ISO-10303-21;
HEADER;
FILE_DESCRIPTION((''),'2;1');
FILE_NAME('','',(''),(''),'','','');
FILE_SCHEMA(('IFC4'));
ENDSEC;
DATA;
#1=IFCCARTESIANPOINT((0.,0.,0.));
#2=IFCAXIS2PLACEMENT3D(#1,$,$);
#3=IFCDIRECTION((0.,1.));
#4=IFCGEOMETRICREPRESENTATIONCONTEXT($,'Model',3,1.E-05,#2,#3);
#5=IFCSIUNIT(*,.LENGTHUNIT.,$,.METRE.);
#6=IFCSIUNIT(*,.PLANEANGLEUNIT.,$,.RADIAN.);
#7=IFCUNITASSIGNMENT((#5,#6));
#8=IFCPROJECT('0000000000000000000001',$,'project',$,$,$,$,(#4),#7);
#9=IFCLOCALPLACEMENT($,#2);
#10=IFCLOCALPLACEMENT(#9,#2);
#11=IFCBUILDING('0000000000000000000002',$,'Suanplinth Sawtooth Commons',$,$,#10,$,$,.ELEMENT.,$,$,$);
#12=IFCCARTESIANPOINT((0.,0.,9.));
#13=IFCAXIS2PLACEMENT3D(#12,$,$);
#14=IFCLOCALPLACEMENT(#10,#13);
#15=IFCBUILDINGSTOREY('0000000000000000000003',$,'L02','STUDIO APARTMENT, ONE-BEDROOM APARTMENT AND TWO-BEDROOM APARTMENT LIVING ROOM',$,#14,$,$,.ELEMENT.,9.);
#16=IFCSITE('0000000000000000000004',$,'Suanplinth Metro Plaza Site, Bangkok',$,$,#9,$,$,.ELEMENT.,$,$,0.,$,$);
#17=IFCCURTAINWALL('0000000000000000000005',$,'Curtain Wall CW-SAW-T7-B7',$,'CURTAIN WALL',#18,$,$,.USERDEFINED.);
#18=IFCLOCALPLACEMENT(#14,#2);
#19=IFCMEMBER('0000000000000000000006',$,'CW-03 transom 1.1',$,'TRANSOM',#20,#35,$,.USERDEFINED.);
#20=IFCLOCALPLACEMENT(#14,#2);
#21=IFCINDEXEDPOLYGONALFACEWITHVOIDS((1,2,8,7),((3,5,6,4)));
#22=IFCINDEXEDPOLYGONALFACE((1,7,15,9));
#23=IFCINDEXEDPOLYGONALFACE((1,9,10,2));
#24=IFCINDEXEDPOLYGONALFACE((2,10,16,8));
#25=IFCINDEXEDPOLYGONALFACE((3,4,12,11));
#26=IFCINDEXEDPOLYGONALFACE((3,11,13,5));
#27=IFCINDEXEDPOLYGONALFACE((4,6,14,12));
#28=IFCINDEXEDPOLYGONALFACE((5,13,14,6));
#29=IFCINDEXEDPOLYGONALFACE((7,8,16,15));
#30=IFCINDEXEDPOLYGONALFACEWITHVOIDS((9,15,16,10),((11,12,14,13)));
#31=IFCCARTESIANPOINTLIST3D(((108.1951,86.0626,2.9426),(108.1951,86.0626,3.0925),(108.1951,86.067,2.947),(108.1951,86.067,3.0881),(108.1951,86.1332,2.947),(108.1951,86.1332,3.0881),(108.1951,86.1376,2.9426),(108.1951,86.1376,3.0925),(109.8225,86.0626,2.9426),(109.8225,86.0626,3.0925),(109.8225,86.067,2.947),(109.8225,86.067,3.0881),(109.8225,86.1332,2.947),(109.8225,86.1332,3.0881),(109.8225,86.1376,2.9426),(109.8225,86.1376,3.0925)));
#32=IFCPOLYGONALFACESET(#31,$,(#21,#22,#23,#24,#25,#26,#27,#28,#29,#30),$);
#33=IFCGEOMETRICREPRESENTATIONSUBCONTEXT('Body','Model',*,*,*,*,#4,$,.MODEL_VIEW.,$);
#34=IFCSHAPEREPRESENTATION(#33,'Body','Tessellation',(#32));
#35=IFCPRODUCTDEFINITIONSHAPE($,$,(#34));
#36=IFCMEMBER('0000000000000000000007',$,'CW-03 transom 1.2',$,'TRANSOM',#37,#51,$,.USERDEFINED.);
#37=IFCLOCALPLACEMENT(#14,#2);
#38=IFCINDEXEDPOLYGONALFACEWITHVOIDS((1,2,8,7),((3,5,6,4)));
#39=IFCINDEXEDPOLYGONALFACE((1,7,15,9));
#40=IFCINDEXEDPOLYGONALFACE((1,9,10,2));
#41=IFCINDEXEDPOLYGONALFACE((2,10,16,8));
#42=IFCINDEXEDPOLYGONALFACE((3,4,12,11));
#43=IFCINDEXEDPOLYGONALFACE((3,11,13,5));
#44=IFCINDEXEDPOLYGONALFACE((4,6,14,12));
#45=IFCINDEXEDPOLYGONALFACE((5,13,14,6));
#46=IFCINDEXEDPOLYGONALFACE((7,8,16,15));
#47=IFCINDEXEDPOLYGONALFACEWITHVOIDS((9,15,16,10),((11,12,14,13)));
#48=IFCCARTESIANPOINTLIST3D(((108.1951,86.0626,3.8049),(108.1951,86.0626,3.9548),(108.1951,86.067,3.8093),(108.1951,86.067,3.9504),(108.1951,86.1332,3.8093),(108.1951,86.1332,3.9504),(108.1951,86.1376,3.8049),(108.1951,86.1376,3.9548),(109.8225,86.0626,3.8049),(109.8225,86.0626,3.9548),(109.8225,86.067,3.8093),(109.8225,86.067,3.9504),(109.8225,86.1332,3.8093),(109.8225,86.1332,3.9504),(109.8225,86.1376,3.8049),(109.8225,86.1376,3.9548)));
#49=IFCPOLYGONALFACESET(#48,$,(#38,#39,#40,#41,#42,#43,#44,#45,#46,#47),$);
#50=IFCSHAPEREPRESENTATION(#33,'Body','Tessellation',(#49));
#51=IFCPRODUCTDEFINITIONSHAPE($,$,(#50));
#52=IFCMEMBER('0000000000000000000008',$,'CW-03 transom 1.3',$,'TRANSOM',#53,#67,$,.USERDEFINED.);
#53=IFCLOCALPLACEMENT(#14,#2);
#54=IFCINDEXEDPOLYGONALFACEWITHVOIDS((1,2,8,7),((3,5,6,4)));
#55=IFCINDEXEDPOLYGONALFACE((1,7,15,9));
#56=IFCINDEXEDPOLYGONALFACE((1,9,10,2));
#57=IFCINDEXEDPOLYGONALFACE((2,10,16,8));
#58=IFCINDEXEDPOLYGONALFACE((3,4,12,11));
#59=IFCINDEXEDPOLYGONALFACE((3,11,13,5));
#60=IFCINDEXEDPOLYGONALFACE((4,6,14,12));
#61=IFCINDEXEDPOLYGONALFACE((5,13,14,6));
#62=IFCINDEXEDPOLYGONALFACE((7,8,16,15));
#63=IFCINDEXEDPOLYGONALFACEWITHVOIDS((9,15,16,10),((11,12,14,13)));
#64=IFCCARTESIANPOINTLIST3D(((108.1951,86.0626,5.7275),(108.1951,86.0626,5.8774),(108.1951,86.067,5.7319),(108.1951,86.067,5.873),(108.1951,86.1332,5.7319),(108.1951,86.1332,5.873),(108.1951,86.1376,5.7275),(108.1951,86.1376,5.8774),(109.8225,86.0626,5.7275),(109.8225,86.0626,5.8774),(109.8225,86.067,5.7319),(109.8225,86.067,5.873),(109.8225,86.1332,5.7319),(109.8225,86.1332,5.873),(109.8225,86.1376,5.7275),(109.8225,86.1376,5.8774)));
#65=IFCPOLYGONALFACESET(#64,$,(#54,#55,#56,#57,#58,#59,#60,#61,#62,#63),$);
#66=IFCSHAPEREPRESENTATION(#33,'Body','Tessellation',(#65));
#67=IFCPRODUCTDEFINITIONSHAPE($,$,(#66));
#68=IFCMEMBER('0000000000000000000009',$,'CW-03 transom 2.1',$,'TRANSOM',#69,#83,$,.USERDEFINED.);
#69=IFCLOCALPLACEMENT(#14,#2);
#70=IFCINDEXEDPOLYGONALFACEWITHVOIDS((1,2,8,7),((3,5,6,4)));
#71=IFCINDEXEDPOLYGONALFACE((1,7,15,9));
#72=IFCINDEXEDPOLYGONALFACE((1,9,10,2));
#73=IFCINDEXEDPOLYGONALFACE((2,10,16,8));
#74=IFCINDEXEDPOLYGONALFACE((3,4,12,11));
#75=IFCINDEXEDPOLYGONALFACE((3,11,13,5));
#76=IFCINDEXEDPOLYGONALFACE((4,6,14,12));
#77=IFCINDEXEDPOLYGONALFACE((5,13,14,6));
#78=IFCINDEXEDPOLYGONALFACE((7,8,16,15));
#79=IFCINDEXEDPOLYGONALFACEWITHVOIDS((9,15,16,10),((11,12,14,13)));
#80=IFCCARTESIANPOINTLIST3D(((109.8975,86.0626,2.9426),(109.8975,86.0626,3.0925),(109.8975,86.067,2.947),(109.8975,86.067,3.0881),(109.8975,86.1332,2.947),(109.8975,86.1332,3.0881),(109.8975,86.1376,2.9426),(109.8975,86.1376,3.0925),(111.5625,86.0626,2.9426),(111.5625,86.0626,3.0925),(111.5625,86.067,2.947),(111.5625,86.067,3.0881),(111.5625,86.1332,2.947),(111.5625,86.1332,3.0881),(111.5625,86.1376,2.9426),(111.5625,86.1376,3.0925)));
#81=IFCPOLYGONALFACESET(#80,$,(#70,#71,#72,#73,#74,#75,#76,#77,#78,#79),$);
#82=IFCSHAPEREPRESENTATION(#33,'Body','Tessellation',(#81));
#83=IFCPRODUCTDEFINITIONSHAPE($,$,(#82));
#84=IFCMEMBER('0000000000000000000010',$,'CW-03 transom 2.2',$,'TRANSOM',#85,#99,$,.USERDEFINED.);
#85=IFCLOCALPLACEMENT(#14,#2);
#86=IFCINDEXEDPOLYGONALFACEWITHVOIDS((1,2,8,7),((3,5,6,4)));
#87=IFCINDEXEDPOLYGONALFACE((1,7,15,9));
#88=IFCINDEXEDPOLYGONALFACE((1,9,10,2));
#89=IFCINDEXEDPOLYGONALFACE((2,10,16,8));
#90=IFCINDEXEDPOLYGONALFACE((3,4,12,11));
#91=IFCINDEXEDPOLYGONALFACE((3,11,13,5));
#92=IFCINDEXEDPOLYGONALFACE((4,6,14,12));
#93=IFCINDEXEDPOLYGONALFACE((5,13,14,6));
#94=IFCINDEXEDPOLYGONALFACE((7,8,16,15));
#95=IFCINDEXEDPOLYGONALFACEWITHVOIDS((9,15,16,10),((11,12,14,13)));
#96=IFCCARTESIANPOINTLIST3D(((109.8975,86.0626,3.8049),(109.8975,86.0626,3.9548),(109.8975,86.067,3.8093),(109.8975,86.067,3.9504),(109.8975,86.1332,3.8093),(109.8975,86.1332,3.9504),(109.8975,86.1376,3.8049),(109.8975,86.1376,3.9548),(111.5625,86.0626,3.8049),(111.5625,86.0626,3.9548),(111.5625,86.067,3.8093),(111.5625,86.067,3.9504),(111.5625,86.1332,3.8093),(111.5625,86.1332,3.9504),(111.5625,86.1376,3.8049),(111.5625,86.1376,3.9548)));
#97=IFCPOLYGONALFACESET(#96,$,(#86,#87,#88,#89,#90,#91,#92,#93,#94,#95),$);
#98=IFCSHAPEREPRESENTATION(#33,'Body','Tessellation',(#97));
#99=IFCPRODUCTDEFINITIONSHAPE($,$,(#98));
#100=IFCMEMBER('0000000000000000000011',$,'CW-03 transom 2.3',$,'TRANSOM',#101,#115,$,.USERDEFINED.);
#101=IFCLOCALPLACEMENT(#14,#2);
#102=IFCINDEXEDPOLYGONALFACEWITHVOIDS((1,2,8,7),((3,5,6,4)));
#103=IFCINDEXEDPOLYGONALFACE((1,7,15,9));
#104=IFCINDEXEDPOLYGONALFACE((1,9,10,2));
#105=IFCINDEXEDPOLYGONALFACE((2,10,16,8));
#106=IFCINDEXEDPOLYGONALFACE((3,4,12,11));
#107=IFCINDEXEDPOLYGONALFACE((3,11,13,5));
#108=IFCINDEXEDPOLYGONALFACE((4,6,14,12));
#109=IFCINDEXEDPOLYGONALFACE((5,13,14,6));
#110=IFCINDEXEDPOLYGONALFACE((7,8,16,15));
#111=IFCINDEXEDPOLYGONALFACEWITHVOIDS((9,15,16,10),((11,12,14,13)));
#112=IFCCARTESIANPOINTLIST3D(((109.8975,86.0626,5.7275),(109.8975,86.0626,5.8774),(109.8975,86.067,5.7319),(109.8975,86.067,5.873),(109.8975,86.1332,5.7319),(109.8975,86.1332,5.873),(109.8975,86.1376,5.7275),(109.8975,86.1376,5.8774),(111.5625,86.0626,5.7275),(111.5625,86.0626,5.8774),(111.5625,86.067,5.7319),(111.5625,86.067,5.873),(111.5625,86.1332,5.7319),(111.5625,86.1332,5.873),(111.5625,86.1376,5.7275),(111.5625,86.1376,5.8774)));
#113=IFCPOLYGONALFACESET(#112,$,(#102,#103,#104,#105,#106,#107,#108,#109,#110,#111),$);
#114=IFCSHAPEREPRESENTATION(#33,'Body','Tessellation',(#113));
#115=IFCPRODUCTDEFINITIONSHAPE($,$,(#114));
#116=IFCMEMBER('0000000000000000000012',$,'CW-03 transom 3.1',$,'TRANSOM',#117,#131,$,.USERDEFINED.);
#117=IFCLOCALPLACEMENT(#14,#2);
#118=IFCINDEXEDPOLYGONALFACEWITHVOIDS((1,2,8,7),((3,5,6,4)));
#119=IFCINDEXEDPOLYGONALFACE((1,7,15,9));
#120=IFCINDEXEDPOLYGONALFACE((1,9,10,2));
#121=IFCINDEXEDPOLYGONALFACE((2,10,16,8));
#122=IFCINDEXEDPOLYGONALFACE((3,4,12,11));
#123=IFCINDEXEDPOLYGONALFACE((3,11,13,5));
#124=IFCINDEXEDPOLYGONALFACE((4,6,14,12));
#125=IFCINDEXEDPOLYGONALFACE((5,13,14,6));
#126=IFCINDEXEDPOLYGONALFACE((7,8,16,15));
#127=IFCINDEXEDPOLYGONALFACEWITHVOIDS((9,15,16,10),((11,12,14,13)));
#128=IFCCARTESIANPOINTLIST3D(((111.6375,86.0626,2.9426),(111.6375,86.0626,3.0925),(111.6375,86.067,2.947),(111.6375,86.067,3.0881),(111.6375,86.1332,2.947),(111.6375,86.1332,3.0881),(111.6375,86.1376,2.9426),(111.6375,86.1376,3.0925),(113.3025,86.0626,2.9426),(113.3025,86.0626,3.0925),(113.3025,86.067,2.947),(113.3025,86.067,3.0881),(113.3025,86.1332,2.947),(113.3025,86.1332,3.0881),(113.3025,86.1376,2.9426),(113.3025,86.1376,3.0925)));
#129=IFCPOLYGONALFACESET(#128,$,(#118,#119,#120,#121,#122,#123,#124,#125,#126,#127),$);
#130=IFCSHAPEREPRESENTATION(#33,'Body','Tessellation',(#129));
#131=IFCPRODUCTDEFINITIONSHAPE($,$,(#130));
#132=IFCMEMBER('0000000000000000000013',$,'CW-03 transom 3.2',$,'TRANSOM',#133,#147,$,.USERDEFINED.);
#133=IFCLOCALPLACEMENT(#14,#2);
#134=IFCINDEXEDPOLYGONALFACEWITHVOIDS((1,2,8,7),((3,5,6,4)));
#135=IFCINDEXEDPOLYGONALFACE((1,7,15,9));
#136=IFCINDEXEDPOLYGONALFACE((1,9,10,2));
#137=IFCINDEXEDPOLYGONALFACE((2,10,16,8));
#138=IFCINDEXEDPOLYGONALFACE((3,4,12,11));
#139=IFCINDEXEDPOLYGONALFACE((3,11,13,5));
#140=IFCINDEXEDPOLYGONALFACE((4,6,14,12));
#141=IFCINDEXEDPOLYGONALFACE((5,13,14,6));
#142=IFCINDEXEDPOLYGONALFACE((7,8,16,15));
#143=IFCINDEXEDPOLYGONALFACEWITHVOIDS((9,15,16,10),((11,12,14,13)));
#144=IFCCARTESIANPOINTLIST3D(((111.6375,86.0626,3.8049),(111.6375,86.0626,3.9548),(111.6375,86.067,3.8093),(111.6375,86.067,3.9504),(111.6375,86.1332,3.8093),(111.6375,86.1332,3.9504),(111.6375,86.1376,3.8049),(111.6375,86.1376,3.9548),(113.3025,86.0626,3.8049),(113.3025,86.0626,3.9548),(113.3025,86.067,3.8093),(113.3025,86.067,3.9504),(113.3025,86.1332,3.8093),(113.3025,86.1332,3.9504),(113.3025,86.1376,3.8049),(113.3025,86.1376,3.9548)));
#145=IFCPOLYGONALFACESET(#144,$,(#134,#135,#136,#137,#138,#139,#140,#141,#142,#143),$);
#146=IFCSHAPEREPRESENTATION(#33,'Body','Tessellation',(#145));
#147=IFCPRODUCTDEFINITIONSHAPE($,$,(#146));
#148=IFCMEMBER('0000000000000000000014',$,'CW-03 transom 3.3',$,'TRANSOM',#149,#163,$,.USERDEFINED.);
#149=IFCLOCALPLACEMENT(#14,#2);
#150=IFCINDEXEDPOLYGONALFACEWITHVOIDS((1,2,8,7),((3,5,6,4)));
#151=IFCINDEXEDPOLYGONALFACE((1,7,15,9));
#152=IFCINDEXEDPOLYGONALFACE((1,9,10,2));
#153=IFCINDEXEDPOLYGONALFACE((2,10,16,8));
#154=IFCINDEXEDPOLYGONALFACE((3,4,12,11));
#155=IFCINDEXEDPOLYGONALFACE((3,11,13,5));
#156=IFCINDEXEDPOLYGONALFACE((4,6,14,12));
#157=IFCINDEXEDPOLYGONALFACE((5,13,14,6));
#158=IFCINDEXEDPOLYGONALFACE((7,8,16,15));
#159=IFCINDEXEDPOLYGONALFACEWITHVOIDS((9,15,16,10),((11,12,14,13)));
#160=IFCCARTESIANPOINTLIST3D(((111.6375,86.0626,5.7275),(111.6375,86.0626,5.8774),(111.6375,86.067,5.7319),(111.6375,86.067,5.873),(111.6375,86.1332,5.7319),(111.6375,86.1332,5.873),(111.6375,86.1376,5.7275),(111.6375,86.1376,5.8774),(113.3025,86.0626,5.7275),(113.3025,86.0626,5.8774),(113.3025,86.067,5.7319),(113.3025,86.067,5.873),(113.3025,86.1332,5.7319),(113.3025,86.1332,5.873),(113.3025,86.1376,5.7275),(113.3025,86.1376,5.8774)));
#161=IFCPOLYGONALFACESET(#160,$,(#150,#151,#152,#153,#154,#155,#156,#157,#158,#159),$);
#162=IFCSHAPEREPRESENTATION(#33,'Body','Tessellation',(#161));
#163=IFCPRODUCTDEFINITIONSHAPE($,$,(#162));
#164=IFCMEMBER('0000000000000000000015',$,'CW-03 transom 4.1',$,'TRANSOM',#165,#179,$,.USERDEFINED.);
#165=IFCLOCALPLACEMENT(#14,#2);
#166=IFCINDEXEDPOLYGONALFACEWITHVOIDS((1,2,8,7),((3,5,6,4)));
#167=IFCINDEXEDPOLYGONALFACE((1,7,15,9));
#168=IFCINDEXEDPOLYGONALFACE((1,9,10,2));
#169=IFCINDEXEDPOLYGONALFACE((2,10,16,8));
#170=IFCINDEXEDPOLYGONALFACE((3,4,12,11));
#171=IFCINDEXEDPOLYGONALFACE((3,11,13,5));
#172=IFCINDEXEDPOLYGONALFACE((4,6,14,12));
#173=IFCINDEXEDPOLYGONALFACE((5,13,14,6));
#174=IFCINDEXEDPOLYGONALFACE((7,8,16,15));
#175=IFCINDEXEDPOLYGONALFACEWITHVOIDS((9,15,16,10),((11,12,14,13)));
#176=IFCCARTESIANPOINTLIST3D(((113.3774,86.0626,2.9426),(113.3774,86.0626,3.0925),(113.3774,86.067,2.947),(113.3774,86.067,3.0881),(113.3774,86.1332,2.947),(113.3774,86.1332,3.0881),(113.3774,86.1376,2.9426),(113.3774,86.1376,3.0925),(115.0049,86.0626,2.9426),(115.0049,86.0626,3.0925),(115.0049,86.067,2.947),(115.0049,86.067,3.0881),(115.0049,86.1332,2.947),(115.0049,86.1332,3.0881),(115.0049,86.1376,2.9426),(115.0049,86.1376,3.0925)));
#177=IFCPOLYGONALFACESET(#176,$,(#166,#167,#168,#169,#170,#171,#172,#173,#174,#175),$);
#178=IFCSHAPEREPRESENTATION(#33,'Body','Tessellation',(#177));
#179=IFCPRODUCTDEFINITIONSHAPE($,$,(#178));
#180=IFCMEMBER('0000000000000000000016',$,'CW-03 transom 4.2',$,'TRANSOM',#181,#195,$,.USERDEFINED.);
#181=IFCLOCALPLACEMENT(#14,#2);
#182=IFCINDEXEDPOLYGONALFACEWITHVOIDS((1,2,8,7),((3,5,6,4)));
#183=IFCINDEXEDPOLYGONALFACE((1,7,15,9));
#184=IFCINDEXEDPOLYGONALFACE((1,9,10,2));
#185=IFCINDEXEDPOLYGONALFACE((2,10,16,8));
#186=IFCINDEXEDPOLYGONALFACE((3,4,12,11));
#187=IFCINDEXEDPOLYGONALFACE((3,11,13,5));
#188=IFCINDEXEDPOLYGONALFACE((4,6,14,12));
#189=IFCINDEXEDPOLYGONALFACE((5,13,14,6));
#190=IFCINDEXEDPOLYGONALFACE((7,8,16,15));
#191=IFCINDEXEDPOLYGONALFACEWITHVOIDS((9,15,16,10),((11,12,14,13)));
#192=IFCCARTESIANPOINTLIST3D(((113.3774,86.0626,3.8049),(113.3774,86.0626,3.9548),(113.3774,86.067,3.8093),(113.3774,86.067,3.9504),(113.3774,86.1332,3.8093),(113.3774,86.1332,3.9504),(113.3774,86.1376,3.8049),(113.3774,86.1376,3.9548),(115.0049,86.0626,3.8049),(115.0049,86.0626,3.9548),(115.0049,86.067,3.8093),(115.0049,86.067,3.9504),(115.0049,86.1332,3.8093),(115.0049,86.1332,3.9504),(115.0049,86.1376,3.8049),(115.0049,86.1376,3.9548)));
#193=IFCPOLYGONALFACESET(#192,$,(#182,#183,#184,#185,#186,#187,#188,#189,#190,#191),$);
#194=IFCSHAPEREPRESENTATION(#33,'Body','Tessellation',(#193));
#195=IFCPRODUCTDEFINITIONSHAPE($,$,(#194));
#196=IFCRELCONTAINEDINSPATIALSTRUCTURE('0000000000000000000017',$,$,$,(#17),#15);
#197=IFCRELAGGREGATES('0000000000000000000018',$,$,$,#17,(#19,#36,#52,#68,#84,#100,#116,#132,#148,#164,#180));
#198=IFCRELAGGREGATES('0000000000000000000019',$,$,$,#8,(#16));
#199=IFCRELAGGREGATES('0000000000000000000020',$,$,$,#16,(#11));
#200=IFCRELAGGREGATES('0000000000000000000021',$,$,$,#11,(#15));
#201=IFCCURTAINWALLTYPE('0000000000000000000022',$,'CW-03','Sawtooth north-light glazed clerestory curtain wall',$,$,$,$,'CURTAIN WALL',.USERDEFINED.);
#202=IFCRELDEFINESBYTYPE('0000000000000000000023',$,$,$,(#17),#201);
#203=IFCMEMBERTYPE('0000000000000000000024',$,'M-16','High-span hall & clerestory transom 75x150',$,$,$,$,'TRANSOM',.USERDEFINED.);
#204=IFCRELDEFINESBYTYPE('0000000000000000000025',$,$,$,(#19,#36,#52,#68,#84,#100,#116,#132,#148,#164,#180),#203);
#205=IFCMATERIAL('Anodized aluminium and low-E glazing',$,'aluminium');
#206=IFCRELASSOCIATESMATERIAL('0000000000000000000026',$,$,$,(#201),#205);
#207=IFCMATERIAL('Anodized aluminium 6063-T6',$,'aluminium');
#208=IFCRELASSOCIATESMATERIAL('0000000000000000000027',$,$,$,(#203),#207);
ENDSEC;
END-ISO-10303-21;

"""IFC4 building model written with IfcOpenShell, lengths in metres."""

from ifc_helpers import new_model, si_unit, direction, frame, origin, origin_2d, place, context, subcontext, project, spatial, hollow_rectangle, extrude, material, material_profile, profile_set, type_object, element, aggregate, save


model = new_model("IFC4")

# Units and contexts
model_context = context("Model", 3, precision=1e-05, world=origin(), true_north=direction((0.0, 1.0)))
body_context = subcontext(model_context, "Body", "Model", "MODEL_VIEW")
ifc_project = project(units=[si_unit("LENGTHUNIT", "METRE"), si_unit("PLANEANGLEUNIT", "RADIAN")], contexts=[model_context])

# Site, building, storey
site_placement = place(None, origin())
site = spatial("IfcSite", under=ifc_project, at=site_placement, Name="Suanplinth Metro Plaza Site, Bangkok", CompositionType="ELEMENT", RefElevation=0.0)
building_placement = place(site_placement, origin())
building = spatial("IfcBuilding", under=site, at=building_placement, Name="Suanplinth Sawtooth Commons", CompositionType="ELEMENT")
storey_placement = place(building_placement, frame((0.0, 0.0, 9.0)))
storey = spatial("IfcBuildingStorey", under=building, at=storey_placement, Name="L02", Description="STUDIO APARTMENT, ONE-BEDROOM APARTMENT AND TWO-BEDROOM APARTMENT LIVING ROOM", CompositionType="ELEMENT", Elevation=9.0)

# Curtain wall, members
ifc_material_1 = material(Name="Anodized aluminium and low-E glazing", Category="aluminium")
curtain_wall_type = type_object("IfcCurtainWallType", Name="CW-03", Description="Sawtooth north-light glazed clerestory curtain wall", ElementType="CURTAIN WALL", PredefinedType="USERDEFINED", material=ifc_material_1)
curtain_wall_placement = place(storey_placement, origin())
curtain_wall = element("IfcCurtainWall", 1, at=curtain_wall_placement, inside=storey, type_object=curtain_wall_type, Name="Curtain Wall CW-SAW-T7-B7", ObjectType="CURTAIN WALL", PredefinedType="USERDEFINED")
ifc_material_2 = material(Name="Anodized aluminium 6063-T6", Category="aluminium")
ifc_material_profile_1 = material_profile(ifc_material_2, hollow_rectangle(XDim=0.075, YDim=0.1499, WallThickness=0.0044, at=origin_2d()), Name="ALU-TRN 75x150")
ifc_profile_set_1 = profile_set([ifc_material_profile_1], Name="Anodized aluminium 6063-T6")
member_type_1 = type_object("IfcMemberType", Name="M-16", Description="High-span hall & clerestory transom 75x150", ElementType="TRANSOM", PredefinedType="USERDEFINED", material=ifc_profile_set_1)
member_1_placement = place(storey_placement, frame((108.1951, 86.1001, 3.0176), z_axis=(1.0, 0.0, 0.0), x_axis=(0.0, 1.0, 0.0)))
member_1 = element("IfcMember", 2, at=member_1_placement, type_object=member_type_1, Name="CW-03 transom 1.1", ObjectType="TRANSOM", PredefinedType="USERDEFINED", context=body_context, shape_type="SweptSolid", body=[
    extrude(hollow_rectangle(XDim=0.075, YDim=0.1499, WallThickness=0.0044, at=origin_2d()), origin(), (0.0, 0.0, 1.0), 1.6274),
])
member_2_placement = place(storey_placement, frame((108.1951, 86.1001, 3.8799), z_axis=(1.0, 0.0, 0.0), x_axis=(0.0, 1.0, 0.0)))
member_2 = element("IfcMember", 3, at=member_2_placement, type_object=member_type_1, Name="CW-03 transom 1.2", ObjectType="TRANSOM", PredefinedType="USERDEFINED", context=body_context, shape_type="SweptSolid", body=[
    extrude(hollow_rectangle(XDim=0.075, YDim=0.1499, WallThickness=0.0044, at=origin_2d()), origin(), (0.0, 0.0, 1.0), 1.6274),
])
member_3_placement = place(storey_placement, frame((108.1951, 86.1001, 5.8025), z_axis=(1.0, 0.0, 0.0), x_axis=(0.0, 1.0, 0.0)))
member_3 = element("IfcMember", 4, at=member_3_placement, type_object=member_type_1, Name="CW-03 transom 1.3", ObjectType="TRANSOM", PredefinedType="USERDEFINED", context=body_context, shape_type="SweptSolid", body=[
    extrude(hollow_rectangle(XDim=0.075, YDim=0.1499, WallThickness=0.0044, at=origin_2d()), origin(), (0.0, 0.0, 1.0), 1.6274),
])
member_4_placement = place(storey_placement, frame((109.8975, 86.1001, 3.0176), z_axis=(1.0, 0.0, 0.0), x_axis=(0.0, 1.0, 0.0)))
member_4 = element("IfcMember", 5, at=member_4_placement, type_object=member_type_1, Name="CW-03 transom 2.1", ObjectType="TRANSOM", PredefinedType="USERDEFINED", context=body_context, shape_type="SweptSolid", body=[
    extrude(hollow_rectangle(XDim=0.075, YDim=0.1499, WallThickness=0.0044, at=origin_2d()), origin(), (0.0, 0.0, 1.0), 1.665),
])
member_5_placement = place(storey_placement, frame((109.8975, 86.1001, 3.8799), z_axis=(1.0, 0.0, 0.0), x_axis=(0.0, 1.0, 0.0)))
member_5 = element("IfcMember", 6, at=member_5_placement, type_object=member_type_1, Name="CW-03 transom 2.2", ObjectType="TRANSOM", PredefinedType="USERDEFINED", context=body_context, shape_type="SweptSolid", body=[
    extrude(hollow_rectangle(XDim=0.075, YDim=0.1499, WallThickness=0.0044, at=origin_2d()), origin(), (0.0, 0.0, 1.0), 1.665),
])
member_6_placement = place(storey_placement, frame((109.8975, 86.1001, 5.8025), z_axis=(1.0, 0.0, 0.0), x_axis=(0.0, 1.0, 0.0)))
member_6 = element("IfcMember", 7, at=member_6_placement, type_object=member_type_1, Name="CW-03 transom 2.3", ObjectType="TRANSOM", PredefinedType="USERDEFINED", context=body_context, shape_type="SweptSolid", body=[
    extrude(hollow_rectangle(XDim=0.075, YDim=0.1499, WallThickness=0.0044, at=origin_2d()), origin(), (0.0, 0.0, 1.0), 1.665),
])
member_7_placement = place(storey_placement, frame((111.6375, 86.1001, 3.0176), z_axis=(1.0, 0.0, 0.0), x_axis=(0.0, 1.0, 0.0)))
member_7 = element("IfcMember", 8, at=member_7_placement, type_object=member_type_1, Name="CW-03 transom 3.1", ObjectType="TRANSOM", PredefinedType="USERDEFINED", context=body_context, shape_type="SweptSolid", body=[
    extrude(hollow_rectangle(XDim=0.075, YDim=0.1499, WallThickness=0.0044, at=origin_2d()), origin(), (0.0, 0.0, 1.0), 1.665),
])
member_8_placement = place(storey_placement, frame((111.6375, 86.1001, 3.8799), z_axis=(1.0, 0.0, 0.0), x_axis=(0.0, 1.0, 0.0)))
member_8 = element("IfcMember", 9, at=member_8_placement, type_object=member_type_1, Name="CW-03 transom 3.2", ObjectType="TRANSOM", PredefinedType="USERDEFINED", context=body_context, shape_type="SweptSolid", body=[
    extrude(hollow_rectangle(XDim=0.075, YDim=0.1499, WallThickness=0.0044, at=origin_2d()), origin(), (0.0, 0.0, 1.0), 1.665),
])
member_9_placement = place(storey_placement, frame((111.6375, 86.1001, 5.8025), z_axis=(1.0, 0.0, 0.0), x_axis=(0.0, 1.0, 0.0)))
member_9 = element("IfcMember", 10, at=member_9_placement, type_object=member_type_1, Name="CW-03 transom 3.3", ObjectType="TRANSOM", PredefinedType="USERDEFINED", context=body_context, shape_type="SweptSolid", body=[
    extrude(hollow_rectangle(XDim=0.075, YDim=0.1499, WallThickness=0.0044, at=origin_2d()), origin(), (0.0, 0.0, 1.0), 1.665),
])
member_10_placement = place(storey_placement, frame((113.3774, 86.1001, 3.0176), z_axis=(1.0, 0.0, 0.0), x_axis=(0.0, 1.0, 0.0)))
member_10 = element("IfcMember", 11, at=member_10_placement, type_object=member_type_1, Name="CW-03 transom 4.1", ObjectType="TRANSOM", PredefinedType="USERDEFINED", context=body_context, shape_type="SweptSolid", body=[
    extrude(hollow_rectangle(XDim=0.075, YDim=0.1499, WallThickness=0.0044, at=origin_2d()), origin(), (0.0, 0.0, 1.0), 1.6274),
])
member_11_placement = place(storey_placement, frame((113.3774, 86.1001, 3.8799), z_axis=(1.0, 0.0, 0.0), x_axis=(0.0, 1.0, 0.0)))
member_11 = element("IfcMember", 12, at=member_11_placement, type_object=member_type_1, Name="CW-03 transom 4.2", ObjectType="TRANSOM", PredefinedType="USERDEFINED", context=body_context, shape_type="SweptSolid", body=[
    extrude(hollow_rectangle(XDim=0.075, YDim=0.1499, WallThickness=0.0044, at=origin_2d()), origin(), (0.0, 0.0, 1.0), 1.6274),
])

aggregate(curtain_wall, [member_1, member_2, member_3, member_4, member_5, member_6, member_7, member_8, member_9, member_10, member_11])

save(model, "model.ifc")
